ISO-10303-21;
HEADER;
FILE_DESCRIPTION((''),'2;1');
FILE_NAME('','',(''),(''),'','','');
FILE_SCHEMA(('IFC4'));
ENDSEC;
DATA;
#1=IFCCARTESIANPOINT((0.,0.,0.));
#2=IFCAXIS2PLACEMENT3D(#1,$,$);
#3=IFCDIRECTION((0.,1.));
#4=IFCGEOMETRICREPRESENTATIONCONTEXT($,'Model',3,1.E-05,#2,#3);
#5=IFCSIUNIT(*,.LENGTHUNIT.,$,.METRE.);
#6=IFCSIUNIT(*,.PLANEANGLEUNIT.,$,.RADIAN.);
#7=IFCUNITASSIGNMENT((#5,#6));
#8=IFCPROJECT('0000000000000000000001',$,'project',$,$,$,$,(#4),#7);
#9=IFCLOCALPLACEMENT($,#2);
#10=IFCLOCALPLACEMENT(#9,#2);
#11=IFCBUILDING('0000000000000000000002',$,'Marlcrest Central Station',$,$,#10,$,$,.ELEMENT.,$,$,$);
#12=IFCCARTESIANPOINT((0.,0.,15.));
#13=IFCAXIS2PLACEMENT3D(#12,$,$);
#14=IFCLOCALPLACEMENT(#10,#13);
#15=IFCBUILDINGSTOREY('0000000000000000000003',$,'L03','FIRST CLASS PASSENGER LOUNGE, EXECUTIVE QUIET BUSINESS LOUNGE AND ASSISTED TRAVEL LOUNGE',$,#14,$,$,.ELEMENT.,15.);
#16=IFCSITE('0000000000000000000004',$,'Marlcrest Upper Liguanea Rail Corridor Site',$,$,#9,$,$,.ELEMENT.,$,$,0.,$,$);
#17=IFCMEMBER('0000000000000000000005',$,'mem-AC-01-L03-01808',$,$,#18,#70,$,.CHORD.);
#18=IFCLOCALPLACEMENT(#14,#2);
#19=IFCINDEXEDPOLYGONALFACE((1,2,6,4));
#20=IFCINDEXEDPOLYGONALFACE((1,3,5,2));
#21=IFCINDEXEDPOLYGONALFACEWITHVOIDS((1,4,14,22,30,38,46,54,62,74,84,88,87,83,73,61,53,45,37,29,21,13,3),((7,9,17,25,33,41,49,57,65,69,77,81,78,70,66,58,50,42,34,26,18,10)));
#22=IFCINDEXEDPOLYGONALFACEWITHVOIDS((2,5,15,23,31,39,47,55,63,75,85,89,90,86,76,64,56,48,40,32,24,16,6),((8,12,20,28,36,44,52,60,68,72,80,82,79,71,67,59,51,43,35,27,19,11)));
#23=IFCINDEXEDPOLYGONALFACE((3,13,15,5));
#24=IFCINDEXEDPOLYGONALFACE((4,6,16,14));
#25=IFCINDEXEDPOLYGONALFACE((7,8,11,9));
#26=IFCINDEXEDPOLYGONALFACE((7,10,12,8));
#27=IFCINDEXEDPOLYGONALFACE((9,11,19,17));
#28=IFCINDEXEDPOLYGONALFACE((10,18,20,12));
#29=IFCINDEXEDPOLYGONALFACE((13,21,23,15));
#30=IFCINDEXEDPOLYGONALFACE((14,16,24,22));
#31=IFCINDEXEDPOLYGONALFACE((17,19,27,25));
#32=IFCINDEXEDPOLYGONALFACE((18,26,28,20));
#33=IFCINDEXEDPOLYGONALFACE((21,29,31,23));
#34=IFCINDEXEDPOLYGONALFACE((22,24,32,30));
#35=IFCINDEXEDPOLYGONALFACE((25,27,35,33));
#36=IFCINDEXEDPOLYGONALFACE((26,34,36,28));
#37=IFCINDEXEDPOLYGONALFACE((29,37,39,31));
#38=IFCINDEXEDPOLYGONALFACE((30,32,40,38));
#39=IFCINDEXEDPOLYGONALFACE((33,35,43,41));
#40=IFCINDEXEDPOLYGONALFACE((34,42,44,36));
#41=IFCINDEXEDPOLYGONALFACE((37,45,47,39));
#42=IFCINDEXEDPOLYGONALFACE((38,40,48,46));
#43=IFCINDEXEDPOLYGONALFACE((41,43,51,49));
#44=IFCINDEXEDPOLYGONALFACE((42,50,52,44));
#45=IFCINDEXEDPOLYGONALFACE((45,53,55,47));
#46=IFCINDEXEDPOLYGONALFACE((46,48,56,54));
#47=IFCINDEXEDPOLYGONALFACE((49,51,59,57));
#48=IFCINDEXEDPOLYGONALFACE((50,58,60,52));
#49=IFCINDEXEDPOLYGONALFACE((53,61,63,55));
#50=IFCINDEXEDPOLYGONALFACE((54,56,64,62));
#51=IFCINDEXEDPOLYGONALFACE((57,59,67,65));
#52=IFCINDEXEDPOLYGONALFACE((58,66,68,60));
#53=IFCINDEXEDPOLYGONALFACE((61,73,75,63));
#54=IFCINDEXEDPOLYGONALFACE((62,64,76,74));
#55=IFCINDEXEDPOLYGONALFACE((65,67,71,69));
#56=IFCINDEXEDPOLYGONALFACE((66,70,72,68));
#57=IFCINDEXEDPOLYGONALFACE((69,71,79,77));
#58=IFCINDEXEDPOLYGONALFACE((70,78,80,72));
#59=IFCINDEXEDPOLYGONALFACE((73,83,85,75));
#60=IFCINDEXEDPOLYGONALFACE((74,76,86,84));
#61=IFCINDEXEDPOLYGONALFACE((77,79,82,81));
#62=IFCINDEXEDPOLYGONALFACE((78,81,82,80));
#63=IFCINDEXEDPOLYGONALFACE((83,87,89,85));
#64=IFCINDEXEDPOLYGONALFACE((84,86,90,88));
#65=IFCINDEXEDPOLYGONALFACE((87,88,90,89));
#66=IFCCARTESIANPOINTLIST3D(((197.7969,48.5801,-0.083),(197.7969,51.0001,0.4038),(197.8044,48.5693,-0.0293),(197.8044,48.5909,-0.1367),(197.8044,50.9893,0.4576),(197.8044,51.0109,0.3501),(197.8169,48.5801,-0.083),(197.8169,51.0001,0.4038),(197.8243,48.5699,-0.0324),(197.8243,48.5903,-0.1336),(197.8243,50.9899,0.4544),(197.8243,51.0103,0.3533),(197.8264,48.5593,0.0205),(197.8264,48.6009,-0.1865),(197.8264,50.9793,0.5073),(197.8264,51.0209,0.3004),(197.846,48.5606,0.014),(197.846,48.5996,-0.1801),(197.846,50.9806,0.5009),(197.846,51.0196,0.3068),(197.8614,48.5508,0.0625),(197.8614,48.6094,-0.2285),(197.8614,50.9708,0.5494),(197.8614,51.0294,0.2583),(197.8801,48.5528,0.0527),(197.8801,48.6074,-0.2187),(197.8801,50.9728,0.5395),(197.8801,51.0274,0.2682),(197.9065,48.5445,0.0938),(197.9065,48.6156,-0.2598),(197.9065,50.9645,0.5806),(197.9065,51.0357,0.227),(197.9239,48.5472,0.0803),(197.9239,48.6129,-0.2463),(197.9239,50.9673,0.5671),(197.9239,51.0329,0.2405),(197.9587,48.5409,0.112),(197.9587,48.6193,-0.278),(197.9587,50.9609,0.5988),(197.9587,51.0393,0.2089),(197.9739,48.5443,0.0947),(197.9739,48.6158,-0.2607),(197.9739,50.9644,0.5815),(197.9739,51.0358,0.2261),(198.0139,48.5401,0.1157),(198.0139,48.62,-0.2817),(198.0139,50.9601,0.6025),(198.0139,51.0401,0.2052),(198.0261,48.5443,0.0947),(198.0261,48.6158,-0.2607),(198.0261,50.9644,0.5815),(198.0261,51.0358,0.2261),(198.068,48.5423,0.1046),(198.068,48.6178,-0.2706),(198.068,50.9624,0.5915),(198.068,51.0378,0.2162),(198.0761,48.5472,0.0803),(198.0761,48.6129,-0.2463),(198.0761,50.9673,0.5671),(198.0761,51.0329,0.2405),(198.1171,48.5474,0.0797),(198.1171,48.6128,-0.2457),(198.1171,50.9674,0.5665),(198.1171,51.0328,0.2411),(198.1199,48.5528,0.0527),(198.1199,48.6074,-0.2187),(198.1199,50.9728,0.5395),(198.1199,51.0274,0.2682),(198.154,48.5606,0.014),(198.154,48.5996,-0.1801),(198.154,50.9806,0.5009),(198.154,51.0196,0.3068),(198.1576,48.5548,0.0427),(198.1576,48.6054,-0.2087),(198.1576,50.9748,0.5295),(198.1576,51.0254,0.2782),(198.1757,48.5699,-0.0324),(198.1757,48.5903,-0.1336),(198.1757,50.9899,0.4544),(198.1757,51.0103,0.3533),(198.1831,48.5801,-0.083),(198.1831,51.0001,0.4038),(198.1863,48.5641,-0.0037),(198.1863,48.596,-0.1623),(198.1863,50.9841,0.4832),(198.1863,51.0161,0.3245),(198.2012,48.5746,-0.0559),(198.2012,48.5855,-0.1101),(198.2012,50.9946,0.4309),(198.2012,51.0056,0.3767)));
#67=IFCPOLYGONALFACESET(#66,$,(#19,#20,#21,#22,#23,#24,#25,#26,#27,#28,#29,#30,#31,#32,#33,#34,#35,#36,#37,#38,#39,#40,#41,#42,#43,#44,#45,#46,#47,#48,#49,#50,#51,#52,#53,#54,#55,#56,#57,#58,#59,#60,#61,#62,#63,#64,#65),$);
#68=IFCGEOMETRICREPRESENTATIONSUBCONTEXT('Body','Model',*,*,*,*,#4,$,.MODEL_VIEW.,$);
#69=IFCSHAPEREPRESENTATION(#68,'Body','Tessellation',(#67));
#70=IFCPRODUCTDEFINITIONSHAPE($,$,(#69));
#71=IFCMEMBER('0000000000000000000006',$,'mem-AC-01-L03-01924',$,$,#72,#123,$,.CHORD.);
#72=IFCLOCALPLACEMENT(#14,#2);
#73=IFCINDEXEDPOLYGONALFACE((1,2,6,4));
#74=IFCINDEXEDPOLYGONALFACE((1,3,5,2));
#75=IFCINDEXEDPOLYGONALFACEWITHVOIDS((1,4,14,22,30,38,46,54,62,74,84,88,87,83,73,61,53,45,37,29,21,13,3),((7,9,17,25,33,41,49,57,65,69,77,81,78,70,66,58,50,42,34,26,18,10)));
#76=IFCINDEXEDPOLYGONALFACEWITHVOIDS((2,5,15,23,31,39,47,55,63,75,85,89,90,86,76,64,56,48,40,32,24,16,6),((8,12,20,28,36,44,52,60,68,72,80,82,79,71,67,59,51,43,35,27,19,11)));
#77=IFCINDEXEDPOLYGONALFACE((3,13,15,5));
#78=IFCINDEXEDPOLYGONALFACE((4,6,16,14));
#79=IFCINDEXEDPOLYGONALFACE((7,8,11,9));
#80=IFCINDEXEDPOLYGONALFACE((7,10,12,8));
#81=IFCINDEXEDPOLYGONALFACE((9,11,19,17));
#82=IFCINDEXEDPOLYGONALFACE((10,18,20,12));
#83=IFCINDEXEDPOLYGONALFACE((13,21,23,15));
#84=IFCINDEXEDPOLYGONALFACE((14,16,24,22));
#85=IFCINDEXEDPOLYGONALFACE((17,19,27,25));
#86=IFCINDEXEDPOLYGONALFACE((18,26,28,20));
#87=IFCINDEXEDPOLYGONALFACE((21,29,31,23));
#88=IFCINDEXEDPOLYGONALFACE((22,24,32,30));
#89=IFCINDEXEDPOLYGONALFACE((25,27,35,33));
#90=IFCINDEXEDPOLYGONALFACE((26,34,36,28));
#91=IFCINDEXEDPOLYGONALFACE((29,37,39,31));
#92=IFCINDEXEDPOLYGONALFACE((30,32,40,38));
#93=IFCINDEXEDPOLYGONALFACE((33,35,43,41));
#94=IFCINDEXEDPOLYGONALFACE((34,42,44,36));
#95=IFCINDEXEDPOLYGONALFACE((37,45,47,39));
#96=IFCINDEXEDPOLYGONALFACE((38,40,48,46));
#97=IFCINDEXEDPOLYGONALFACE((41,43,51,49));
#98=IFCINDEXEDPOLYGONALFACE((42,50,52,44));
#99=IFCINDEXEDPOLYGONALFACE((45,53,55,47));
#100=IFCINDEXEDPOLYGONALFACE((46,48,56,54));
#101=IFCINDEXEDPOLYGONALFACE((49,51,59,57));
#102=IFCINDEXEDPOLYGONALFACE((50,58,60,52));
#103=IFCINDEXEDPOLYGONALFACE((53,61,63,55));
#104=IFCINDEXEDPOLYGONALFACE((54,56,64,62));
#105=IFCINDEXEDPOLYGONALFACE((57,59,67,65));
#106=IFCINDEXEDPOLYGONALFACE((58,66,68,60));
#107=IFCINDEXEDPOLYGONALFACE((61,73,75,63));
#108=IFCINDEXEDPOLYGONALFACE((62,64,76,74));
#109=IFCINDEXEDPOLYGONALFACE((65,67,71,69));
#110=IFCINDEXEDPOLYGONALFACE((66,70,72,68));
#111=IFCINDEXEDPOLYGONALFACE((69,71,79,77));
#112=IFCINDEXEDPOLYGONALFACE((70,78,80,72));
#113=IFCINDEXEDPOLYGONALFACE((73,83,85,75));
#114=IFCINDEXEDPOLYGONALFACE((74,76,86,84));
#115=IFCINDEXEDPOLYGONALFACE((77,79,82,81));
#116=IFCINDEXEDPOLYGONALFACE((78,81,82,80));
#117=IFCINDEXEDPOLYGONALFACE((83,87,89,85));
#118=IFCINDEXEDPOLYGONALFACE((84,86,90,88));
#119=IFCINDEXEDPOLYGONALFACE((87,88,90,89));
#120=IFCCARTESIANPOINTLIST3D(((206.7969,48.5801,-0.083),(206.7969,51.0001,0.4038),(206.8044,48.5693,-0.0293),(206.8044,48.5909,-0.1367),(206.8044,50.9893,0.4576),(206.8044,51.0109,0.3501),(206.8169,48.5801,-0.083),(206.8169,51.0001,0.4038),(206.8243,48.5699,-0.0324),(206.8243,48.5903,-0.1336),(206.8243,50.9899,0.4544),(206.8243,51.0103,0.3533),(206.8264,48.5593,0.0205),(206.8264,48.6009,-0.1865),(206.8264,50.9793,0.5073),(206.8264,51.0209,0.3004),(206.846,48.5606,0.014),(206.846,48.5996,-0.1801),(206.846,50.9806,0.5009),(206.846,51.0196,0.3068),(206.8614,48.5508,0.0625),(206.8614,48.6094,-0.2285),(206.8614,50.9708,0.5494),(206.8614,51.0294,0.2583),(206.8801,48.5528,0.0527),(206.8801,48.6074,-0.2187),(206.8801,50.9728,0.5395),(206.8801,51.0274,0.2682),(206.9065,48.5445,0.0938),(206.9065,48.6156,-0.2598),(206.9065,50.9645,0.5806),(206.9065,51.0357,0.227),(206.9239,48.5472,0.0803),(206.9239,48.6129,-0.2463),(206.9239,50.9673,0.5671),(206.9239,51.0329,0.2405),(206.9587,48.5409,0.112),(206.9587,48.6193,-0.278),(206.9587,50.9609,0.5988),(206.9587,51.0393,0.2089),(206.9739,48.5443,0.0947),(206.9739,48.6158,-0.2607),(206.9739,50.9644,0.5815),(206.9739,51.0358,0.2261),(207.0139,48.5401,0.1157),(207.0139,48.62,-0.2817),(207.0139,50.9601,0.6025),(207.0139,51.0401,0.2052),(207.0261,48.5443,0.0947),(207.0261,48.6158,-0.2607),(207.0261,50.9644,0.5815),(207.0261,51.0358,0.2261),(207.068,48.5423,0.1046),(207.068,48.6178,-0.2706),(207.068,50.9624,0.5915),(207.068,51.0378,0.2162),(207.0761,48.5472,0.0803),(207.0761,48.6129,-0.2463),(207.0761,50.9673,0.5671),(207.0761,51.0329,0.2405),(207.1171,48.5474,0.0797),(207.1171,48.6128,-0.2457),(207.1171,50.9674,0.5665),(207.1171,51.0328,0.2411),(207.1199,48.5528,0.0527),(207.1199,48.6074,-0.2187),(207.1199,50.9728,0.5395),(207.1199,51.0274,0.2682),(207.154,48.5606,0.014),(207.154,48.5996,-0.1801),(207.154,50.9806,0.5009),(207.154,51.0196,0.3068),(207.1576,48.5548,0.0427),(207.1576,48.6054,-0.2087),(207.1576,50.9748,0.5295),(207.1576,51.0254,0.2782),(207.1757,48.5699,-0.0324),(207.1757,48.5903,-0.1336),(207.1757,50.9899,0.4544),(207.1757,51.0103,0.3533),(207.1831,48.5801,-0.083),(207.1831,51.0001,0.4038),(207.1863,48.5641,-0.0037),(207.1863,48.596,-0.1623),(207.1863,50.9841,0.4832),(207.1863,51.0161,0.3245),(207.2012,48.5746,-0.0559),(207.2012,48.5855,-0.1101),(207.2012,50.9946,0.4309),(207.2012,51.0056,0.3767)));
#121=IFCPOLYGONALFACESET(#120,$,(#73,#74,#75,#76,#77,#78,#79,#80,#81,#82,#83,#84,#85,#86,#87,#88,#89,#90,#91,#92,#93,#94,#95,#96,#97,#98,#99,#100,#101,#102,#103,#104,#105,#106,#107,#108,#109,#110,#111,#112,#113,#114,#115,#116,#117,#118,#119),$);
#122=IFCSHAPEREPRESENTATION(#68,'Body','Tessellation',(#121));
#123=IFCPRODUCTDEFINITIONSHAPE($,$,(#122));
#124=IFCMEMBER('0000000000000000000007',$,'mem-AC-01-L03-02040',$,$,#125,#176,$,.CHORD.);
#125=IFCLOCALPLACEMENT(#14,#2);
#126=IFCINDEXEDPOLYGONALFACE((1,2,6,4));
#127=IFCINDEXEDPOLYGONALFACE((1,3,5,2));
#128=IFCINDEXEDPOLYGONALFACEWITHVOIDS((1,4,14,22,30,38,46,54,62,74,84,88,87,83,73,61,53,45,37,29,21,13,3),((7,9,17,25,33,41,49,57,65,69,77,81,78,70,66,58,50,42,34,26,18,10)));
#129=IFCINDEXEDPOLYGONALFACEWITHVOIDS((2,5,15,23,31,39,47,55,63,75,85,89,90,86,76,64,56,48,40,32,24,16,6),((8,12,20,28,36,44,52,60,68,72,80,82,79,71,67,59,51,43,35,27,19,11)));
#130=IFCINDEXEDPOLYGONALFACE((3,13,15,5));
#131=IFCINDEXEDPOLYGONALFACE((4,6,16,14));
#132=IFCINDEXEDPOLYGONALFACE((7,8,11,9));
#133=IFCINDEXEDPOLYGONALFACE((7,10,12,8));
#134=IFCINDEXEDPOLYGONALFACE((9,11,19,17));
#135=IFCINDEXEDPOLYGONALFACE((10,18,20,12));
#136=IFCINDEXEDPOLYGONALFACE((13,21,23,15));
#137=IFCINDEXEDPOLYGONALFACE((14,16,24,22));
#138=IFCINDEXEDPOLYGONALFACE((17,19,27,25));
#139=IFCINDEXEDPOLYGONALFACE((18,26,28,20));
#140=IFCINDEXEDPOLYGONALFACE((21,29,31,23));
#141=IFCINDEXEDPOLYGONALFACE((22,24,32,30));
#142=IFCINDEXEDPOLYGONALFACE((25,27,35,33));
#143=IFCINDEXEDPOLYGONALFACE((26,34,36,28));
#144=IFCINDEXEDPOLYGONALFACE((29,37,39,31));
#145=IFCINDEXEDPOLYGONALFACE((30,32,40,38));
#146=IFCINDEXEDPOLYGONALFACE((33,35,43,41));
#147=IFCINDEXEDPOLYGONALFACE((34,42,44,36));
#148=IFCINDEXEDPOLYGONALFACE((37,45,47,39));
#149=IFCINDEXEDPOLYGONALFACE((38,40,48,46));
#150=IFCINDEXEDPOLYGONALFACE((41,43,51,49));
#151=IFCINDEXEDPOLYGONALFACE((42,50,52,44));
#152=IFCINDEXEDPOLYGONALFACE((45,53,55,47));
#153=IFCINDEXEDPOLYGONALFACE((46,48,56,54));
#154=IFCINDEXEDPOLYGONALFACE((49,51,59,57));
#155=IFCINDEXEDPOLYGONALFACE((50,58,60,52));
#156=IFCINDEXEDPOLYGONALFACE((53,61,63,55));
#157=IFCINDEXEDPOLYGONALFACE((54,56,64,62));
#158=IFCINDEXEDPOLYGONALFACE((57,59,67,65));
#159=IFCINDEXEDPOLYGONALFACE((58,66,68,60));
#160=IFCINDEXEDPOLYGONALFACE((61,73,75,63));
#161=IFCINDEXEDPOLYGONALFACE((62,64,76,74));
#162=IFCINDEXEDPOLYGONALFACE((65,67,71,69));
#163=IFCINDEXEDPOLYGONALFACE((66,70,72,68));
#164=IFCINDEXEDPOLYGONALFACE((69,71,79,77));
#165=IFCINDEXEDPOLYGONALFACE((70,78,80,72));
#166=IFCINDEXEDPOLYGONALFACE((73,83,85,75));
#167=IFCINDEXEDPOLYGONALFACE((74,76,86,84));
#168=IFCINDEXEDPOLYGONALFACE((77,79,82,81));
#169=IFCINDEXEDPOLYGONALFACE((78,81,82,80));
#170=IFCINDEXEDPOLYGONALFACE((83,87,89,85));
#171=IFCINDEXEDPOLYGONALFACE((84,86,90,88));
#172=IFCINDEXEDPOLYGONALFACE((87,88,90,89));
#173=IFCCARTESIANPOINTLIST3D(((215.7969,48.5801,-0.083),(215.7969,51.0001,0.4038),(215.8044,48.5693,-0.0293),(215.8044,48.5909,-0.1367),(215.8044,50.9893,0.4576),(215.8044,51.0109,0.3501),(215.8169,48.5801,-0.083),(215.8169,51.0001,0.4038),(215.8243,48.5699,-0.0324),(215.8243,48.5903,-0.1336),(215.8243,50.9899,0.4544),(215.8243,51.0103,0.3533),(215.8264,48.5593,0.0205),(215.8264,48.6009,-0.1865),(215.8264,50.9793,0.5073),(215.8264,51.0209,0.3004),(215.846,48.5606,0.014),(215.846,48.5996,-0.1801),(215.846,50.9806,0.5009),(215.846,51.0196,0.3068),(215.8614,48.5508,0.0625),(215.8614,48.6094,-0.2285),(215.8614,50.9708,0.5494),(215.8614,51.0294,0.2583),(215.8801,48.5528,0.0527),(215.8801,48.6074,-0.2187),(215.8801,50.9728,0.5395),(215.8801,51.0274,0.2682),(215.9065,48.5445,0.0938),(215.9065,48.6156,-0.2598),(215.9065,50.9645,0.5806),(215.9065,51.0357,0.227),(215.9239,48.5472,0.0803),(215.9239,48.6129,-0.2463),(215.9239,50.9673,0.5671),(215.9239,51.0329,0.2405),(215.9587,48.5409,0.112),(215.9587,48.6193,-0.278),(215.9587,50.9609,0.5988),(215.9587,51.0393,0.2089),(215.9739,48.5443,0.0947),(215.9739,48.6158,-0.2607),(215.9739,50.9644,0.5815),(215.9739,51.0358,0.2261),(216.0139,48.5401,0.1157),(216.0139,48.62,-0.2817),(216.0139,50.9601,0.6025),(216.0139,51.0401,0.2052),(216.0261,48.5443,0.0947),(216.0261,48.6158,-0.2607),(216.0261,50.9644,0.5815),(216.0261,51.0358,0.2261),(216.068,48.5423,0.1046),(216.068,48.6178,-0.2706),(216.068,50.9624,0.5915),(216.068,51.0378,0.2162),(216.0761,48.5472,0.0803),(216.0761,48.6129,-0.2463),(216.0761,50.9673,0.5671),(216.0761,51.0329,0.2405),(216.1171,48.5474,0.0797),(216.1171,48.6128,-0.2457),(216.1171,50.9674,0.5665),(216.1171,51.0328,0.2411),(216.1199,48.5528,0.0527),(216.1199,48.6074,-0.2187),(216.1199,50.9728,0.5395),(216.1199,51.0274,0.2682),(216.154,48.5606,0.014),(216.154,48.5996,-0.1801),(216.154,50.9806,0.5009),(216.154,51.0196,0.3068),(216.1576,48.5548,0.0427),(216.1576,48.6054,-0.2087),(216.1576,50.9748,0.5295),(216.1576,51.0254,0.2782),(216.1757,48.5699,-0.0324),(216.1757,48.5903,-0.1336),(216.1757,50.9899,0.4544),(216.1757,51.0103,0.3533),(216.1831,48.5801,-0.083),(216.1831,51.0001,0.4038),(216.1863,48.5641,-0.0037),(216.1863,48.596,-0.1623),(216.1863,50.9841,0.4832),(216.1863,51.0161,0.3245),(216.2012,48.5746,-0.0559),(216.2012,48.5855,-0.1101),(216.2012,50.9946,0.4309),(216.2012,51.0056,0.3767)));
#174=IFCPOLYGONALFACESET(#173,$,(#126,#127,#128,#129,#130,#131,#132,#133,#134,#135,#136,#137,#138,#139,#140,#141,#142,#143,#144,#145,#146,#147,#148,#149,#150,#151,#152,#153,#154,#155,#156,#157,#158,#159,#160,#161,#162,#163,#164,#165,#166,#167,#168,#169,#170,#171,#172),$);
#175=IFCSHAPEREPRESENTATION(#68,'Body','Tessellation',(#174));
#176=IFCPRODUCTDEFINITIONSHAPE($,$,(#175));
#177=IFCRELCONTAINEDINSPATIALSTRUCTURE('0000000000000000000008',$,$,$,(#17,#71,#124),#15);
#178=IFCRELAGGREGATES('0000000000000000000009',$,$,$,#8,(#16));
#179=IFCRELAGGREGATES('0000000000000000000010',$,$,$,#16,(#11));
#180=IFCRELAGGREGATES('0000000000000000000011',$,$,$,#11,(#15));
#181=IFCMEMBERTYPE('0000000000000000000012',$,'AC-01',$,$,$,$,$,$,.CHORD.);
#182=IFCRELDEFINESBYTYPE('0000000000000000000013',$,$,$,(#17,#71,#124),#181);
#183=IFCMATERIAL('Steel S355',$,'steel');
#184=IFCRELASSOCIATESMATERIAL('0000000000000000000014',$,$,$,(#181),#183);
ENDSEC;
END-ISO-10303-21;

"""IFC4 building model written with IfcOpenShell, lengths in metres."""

from ifc_helpers import new_model, si_unit, direction, frame, origin, origin_2d, place, context, subcontext, project, spatial, hollow_circle, extrude, material, material_profile, profile_set, type_object, element, save


model = new_model("IFC4")

# Units and contexts
model_context = context("Model", 3, precision=1e-05, world=origin(), true_north=direction((0.0, 1.0)))
body_context = subcontext(model_context, "Body", "Model", "MODEL_VIEW")
ifc_project = project(units=[si_unit("LENGTHUNIT", "METRE"), si_unit("PLANEANGLEUNIT", "RADIAN")], contexts=[model_context])

# Site, building, storey
site_placement = place(None, origin())
site = spatial("IfcSite", under=ifc_project, at=site_placement, Name="Marlcrest Upper Liguanea Rail Corridor Site", CompositionType="ELEMENT", RefElevation=0.0)
building_placement = place(site_placement, origin())
building = spatial("IfcBuilding", under=site, at=building_placement, Name="Marlcrest Central Station", CompositionType="ELEMENT")
storey_placement = place(building_placement, frame((0.0, 0.0, 15.0)))
storey = spatial("IfcBuildingStorey", under=building, at=storey_placement, Name="L03", Description="FIRST CLASS PASSENGER LOUNGE, EXECUTIVE QUIET BUSINESS LOUNGE AND ASSISTED TRAVEL LOUNGE", CompositionType="ELEMENT", Elevation=15.0)

# Members
ifc_material_1 = material(Name="Steel S355", Category="steel")
ifc_material_profile_1 = material_profile(ifc_material_1, hollow_circle(Radius=0.2031, WallThickness=0.02, at=origin_2d()), Name="CHS 406.4x20")
ifc_profile_set_1 = profile_set([ifc_material_profile_1], Name="Steel S355")
member_type_1 = type_object("IfcMemberType", Name="AC-01", PredefinedType="CHORD", material=ifc_profile_set_1)
for number, where, z_axis, x_axis, name in (
    (1, (198.0, 48.5801, -0.083), (0.0, 0.980359, 0.197219), (-1.0, 0.0, 0.0), "mem-AC-01-L03-01808"),
    (2, (207.0, 48.5801, -0.083), (0.0, 0.980359, 0.197219), (-1.0, 0.0, 0.0), "mem-AC-01-L03-01924"),
    (3, (216.0, 48.5801, -0.083), (0.0, 0.980359, 0.197219), (-1.0, 0.0, 0.0), "mem-AC-01-L03-02040"),
):
    element("IfcMember", number, at=place(storey_placement, frame(where, z_axis=z_axis, x_axis=x_axis)), inside=storey, type_object=member_type_1, Name=name, PredefinedType="CHORD", context=body_context, shape_type="SweptSolid", body=[
        extrude(hollow_circle(Radius=0.2031, WallThickness=0.02, at=origin_2d()), origin(), (0.0, 0.0, 1.0), 2.4685),
    ])

save(model, "model.ifc")
